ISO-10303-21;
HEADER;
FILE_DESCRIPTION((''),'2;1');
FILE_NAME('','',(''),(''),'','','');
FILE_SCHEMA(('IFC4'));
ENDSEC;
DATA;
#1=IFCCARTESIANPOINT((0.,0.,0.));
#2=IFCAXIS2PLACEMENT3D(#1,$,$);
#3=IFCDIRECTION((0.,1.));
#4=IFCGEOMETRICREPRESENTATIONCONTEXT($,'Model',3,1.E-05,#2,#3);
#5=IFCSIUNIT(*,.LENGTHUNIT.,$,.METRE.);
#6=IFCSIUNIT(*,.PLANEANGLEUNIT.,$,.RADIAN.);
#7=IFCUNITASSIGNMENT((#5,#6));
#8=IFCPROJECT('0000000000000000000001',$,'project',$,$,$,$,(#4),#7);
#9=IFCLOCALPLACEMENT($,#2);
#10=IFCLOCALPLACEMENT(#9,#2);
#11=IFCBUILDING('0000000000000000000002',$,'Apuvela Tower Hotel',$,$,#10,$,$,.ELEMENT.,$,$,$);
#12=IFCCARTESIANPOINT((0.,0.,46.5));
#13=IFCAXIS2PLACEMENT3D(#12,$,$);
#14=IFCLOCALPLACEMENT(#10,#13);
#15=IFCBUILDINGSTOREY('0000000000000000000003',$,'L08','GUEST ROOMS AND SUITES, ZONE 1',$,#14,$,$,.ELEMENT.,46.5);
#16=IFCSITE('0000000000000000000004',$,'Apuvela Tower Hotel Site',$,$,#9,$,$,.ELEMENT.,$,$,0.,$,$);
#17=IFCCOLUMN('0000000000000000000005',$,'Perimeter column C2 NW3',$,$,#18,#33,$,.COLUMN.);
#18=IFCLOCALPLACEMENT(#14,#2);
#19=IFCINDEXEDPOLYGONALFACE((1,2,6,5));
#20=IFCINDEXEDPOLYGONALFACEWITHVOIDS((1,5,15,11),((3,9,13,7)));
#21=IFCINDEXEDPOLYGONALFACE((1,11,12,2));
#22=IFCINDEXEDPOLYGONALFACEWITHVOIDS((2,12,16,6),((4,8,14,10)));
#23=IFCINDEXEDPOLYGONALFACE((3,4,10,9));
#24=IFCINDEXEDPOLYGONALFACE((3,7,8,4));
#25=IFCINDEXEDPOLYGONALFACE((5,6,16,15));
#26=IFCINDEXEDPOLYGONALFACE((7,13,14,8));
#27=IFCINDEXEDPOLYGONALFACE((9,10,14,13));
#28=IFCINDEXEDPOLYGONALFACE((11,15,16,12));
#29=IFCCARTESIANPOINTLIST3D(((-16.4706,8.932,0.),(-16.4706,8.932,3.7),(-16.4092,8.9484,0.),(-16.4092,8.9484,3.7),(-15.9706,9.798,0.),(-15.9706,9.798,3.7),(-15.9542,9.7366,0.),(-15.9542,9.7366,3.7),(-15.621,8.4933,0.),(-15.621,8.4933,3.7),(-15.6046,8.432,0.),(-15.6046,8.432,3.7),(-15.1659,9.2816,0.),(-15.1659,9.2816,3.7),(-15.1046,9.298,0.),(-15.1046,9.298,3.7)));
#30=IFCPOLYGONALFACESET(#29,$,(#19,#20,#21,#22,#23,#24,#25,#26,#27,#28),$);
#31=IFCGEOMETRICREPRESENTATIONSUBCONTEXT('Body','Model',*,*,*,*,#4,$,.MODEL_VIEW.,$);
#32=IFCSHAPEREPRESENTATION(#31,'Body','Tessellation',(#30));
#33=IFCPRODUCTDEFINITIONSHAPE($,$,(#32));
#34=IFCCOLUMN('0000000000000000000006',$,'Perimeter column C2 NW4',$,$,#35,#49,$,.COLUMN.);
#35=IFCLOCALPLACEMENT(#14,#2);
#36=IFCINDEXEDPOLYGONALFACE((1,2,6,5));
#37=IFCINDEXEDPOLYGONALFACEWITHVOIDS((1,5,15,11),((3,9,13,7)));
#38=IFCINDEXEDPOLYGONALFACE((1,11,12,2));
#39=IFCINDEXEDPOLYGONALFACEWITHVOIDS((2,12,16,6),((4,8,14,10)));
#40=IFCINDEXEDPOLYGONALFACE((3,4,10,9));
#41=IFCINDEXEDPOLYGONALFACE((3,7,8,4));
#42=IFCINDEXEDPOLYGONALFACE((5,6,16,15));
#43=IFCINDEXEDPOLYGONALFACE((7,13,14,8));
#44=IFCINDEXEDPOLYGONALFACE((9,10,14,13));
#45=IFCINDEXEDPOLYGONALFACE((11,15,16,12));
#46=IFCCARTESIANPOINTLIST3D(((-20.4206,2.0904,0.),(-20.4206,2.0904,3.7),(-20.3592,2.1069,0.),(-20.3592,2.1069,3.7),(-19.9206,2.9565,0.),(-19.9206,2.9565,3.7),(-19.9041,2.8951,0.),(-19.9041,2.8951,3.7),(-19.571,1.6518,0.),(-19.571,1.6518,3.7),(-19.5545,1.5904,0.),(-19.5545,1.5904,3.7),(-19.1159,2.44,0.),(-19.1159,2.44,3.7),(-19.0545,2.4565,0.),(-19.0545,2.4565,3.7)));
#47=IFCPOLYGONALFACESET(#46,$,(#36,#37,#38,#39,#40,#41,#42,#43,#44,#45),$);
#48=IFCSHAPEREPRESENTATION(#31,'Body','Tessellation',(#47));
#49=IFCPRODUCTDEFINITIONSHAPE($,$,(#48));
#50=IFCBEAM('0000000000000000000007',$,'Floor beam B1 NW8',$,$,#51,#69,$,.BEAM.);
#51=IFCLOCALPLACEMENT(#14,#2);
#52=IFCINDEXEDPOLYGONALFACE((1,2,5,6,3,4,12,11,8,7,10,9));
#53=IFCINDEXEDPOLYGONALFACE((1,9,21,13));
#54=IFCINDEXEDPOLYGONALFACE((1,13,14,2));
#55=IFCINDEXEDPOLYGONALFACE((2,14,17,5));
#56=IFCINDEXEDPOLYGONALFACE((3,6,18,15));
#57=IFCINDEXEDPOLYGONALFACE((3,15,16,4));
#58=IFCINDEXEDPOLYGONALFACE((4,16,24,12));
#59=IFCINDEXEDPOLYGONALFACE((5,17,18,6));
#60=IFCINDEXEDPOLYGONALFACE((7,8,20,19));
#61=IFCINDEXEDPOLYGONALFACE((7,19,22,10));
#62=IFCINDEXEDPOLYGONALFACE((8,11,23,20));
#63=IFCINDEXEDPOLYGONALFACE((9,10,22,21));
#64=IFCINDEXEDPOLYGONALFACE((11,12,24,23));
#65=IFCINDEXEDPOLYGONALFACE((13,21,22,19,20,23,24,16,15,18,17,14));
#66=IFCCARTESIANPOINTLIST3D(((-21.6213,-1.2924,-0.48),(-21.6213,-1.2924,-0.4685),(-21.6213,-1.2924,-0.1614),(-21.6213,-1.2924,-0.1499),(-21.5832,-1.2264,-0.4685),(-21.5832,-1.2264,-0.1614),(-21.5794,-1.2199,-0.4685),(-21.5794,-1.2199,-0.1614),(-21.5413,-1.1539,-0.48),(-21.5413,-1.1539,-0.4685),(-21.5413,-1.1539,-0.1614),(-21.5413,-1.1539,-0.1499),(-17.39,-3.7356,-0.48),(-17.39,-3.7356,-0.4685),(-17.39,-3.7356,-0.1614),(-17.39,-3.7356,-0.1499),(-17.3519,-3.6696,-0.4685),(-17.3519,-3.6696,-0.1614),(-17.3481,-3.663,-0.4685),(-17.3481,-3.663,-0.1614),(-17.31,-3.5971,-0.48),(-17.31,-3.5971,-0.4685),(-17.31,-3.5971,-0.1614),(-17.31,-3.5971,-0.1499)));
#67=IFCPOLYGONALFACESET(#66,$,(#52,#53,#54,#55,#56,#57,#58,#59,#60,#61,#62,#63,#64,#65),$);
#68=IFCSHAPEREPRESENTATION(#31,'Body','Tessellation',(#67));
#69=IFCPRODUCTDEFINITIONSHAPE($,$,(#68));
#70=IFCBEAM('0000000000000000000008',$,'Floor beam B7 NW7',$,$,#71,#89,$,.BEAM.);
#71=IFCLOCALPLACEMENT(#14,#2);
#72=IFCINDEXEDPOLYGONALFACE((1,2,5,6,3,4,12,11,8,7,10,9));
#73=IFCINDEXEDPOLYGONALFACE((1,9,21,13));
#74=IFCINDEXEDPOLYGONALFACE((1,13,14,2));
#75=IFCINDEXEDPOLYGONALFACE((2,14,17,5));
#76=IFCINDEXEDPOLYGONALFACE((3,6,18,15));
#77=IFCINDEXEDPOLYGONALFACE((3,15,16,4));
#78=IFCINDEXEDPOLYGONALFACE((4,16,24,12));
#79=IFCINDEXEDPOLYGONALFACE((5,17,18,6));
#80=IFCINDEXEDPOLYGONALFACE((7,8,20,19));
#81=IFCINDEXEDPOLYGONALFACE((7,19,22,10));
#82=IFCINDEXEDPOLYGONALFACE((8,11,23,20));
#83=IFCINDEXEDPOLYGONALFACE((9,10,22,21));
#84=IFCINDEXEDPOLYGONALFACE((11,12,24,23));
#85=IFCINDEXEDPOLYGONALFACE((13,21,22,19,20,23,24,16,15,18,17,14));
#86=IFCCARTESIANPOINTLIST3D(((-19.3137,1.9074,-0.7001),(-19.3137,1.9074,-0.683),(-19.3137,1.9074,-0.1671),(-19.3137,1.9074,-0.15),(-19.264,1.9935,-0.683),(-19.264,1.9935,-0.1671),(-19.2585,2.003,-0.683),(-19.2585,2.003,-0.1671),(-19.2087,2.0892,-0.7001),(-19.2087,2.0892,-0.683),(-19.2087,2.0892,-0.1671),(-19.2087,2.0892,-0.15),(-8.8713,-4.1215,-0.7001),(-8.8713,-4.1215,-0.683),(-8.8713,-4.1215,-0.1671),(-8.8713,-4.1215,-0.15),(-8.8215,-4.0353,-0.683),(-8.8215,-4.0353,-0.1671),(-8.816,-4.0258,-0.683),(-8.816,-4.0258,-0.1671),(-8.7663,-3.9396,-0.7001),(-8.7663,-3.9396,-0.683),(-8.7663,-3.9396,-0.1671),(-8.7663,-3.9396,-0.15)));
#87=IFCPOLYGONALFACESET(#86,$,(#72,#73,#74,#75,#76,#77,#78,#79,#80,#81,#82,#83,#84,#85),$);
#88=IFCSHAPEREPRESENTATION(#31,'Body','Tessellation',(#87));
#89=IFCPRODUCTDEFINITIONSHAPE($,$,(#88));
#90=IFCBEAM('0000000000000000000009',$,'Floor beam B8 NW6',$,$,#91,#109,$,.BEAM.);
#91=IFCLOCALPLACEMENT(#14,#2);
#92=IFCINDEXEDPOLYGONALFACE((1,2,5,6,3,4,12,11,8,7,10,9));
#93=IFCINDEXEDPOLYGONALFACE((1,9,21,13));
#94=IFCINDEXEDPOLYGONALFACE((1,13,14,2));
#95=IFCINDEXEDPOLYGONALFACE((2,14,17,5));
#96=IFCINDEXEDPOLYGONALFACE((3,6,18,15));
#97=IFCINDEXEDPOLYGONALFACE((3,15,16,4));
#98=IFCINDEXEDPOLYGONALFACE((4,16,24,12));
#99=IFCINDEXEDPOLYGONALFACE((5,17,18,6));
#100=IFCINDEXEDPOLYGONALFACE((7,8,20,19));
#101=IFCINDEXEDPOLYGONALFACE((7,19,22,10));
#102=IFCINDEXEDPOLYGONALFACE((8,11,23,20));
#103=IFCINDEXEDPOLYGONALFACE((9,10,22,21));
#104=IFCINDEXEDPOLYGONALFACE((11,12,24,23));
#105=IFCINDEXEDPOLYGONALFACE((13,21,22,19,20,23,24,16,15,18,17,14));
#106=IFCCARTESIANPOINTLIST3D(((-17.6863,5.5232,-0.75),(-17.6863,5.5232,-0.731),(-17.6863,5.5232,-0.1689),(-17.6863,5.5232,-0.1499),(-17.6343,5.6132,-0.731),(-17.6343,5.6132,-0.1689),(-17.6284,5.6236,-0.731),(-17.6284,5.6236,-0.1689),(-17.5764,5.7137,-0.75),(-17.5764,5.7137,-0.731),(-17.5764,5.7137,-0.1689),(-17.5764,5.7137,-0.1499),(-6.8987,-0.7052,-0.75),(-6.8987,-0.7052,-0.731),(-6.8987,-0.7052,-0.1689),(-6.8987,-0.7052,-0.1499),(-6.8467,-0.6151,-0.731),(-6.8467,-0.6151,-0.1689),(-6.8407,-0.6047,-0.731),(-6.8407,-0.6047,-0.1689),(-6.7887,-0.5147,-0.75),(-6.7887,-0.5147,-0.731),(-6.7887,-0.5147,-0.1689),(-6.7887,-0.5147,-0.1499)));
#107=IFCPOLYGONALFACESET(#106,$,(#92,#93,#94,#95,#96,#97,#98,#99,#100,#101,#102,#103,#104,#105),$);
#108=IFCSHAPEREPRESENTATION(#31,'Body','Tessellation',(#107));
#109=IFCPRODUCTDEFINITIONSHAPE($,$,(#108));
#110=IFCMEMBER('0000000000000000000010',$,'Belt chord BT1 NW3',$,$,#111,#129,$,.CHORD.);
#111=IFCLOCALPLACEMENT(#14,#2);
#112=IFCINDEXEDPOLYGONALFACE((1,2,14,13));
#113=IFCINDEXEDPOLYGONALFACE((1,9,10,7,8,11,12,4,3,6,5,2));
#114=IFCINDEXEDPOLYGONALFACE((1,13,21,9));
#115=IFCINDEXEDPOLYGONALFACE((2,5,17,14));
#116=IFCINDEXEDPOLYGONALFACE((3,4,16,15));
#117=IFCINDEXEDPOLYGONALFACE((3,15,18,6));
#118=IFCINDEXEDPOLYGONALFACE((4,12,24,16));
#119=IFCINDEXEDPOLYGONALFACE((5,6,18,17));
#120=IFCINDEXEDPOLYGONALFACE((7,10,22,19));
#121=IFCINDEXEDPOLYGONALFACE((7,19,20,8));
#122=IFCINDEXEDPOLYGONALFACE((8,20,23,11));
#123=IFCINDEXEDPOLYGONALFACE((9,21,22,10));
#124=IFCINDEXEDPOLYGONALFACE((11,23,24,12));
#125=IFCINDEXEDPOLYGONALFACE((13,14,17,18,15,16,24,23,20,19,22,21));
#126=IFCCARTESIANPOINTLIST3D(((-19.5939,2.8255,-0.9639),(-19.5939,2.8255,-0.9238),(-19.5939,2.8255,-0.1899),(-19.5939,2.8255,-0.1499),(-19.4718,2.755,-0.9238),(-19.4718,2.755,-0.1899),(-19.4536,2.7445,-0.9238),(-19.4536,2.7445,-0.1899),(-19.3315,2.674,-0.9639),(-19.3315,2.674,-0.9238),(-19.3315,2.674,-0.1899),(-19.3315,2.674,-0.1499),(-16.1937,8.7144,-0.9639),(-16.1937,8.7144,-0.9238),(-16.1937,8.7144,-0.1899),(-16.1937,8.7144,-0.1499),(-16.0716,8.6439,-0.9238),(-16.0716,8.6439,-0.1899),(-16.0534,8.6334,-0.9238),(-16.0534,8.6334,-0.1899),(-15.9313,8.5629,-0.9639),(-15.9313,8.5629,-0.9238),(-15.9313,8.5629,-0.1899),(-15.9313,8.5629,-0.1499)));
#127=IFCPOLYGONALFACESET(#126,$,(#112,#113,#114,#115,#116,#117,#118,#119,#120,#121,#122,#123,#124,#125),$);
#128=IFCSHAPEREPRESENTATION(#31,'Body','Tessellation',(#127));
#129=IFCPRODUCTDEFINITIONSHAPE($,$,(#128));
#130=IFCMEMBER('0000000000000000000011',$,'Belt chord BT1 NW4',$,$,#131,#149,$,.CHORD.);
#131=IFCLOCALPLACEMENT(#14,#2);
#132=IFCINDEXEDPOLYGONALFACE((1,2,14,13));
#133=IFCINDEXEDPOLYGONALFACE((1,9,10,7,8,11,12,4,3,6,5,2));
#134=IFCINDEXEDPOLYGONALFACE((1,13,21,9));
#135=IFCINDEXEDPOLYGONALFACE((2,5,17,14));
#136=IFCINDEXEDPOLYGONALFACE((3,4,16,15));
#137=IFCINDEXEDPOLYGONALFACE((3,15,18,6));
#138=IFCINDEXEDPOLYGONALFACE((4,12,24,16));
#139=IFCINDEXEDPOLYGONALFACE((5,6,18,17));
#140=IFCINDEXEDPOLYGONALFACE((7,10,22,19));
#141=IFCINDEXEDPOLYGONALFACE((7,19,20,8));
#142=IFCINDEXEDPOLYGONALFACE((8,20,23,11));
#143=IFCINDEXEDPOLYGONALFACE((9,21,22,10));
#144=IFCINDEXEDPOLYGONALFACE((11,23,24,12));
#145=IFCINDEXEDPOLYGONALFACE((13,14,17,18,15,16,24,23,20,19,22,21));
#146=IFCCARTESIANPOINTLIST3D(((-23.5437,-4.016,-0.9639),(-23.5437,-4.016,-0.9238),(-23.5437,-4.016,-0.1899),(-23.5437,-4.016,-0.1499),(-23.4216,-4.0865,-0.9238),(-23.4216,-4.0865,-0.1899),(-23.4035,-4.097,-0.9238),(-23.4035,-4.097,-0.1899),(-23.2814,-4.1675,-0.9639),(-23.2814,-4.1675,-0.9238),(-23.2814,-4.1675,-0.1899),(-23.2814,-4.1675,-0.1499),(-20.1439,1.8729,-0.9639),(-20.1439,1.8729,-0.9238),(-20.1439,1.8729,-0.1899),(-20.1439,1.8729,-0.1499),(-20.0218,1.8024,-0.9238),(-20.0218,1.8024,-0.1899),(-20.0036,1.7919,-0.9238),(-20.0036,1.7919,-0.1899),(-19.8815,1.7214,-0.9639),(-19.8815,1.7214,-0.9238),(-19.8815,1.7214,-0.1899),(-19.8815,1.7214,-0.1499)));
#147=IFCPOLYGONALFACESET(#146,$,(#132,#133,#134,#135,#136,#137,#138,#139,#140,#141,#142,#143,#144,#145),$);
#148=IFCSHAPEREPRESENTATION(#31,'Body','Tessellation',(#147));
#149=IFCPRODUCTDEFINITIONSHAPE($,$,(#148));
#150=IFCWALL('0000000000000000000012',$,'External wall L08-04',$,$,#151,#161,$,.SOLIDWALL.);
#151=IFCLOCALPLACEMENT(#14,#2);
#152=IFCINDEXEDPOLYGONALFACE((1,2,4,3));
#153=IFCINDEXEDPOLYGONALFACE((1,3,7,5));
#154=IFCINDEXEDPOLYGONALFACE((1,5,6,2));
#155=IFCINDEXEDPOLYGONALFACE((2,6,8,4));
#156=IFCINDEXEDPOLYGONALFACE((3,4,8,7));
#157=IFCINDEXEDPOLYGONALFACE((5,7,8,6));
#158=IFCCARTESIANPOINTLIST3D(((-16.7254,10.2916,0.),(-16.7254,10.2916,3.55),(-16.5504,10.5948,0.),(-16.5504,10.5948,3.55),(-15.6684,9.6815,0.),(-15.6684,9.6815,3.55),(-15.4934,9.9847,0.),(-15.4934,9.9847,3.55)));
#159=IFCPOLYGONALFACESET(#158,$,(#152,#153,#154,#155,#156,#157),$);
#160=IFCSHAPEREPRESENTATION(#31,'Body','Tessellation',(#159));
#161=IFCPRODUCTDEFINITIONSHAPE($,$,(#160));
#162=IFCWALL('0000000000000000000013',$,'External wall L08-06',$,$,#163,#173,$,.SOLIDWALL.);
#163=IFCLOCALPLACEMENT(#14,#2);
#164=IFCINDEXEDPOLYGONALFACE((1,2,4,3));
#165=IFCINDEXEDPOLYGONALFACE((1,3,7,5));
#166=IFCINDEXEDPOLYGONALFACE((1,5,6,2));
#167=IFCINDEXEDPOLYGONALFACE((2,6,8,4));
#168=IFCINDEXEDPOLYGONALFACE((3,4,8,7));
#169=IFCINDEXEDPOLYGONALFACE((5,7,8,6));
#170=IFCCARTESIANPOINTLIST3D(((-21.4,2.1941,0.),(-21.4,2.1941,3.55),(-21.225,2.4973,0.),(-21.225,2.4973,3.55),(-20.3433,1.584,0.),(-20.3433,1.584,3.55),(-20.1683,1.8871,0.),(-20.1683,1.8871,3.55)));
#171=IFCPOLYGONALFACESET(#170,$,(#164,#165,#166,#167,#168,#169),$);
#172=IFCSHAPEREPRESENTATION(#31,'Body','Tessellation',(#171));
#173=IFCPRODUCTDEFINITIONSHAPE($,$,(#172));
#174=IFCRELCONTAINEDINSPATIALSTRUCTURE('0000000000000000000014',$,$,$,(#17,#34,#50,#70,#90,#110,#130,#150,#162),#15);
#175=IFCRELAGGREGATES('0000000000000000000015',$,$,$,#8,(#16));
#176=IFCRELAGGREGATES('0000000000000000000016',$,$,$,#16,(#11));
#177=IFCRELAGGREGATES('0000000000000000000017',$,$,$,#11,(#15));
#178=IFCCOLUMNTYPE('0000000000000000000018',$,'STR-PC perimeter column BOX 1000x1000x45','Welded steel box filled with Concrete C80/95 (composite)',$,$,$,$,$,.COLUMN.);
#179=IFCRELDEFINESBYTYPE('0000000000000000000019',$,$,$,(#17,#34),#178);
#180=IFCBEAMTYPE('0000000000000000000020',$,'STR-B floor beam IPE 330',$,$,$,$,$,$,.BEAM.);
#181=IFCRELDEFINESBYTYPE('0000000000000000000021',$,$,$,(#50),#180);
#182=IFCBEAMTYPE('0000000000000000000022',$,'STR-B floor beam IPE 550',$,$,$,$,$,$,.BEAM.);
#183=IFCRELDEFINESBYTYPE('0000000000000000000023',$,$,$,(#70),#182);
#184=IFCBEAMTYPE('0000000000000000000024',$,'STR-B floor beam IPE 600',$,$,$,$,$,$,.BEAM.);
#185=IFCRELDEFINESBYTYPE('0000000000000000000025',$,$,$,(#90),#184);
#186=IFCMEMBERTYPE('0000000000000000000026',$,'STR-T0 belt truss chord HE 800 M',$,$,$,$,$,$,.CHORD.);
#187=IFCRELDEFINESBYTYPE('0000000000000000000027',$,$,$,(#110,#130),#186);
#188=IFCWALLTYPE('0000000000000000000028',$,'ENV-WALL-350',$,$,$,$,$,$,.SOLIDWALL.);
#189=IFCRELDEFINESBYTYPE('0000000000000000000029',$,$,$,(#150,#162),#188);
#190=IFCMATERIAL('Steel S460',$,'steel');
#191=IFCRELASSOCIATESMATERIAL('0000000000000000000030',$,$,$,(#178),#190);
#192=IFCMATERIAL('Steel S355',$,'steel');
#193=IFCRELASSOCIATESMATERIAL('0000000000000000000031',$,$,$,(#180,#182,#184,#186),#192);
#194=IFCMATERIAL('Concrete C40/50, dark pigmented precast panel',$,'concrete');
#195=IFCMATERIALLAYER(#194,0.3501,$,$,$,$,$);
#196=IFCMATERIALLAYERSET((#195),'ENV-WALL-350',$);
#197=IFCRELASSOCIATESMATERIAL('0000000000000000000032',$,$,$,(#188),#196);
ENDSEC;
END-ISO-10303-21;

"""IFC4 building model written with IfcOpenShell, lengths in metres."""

from ifc_helpers import new_model, si_unit, direction, frame, frame_2d, origin, origin_2d, place, context, subcontext, project, spatial, rectangle, hollow_rectangle, i_section, extrude, material, layer, layer_set, material_profile, profile_set, type_object, element, save


model = new_model("IFC4")

# Units and contexts
model_context = context("Model", 3, precision=1e-05, world=origin(), true_north=direction((0.0, 1.0)))
body_context = subcontext(model_context, "Body", "Model", "MODEL_VIEW")
ifc_project = project(units=[si_unit("LENGTHUNIT", "METRE"), si_unit("PLANEANGLEUNIT", "RADIAN")], contexts=[model_context])

# Site, building, storey
site_placement = place(None, origin())
site = spatial("IfcSite", under=ifc_project, at=site_placement, Name="Apuvela Tower Hotel Site", CompositionType="ELEMENT", RefElevation=0.0)
building_placement = place(site_placement, origin())
building = spatial("IfcBuilding", under=site, at=building_placement, Name="Apuvela Tower Hotel", CompositionType="ELEMENT")
storey_placement = place(building_placement, frame((0.0, 0.0, 46.5)))
storey = spatial("IfcBuildingStorey", under=building, at=storey_placement, Name="L08", Description="GUEST ROOMS AND SUITES, ZONE 1", CompositionType="ELEMENT", Elevation=46.5)

# Columns
ifc_material_1 = material(Name="Steel S460", Category="steel")
ifc_material_profile_1 = material_profile(ifc_material_1, hollow_rectangle(XDim=1.0, YDim=1.0, WallThickness=0.0449, at=origin_2d()), Name="BOX 1000x1000x45")
ifc_material_2 = material(Name="Concrete C80/95", Category="concrete")
ifc_material_profile_2 = material_profile(ifc_material_2, rectangle(XDim=0.9099, YDim=0.9099, at=origin_2d()), Name="Concrete C80/95 infill")
ifc_profile_set_1 = profile_set([ifc_material_profile_1, ifc_material_profile_2], Name="Steel S460")
column_type = type_object("IfcColumnType", Name="STR-PC perimeter column BOX 1000x1000x45", Description="Welded steel box filled with Concrete C80/95 (composite)", PredefinedType="COLUMN", material=ifc_profile_set_1)
for number, where, z_axis, x_axis, name in (
    (1, (-15.7876, 9.115, 0.0), (0.0, 0.0, 1.0), (0.5, 0.866025, 0.0), "Perimeter column C2 NW3"),
    (2, (-19.7375, 2.2734, 0.0), (0.0, 0.0, 1.0), (0.5, 0.866025, 0.0), "Perimeter column C2 NW4"),
):
    element("IfcColumn", number, at=place(storey_placement, frame(where, z_axis=z_axis, x_axis=x_axis)), inside=storey, type_object=column_type, Name=name, PredefinedType="COLUMN", context=body_context, shape_type="SweptSolid", body=[
        extrude(hollow_rectangle(XDim=1.0, YDim=1.0, WallThickness=0.0449, at=origin_2d()), origin(), (0.0, 0.0, 1.0), 3.7),
    ])

# Beams
ifc_material_3 = material(Name="Steel S355", Category="steel")
ifc_material_profile_3 = material_profile(ifc_material_3, i_section(OverallWidth=0.1599, OverallDepth=0.3301, WebThickness=0.0076, FlangeThickness=0.0115, at=origin_2d()), Name="IPE 330")
ifc_profile_set_2 = profile_set([ifc_material_profile_3], Name="Steel S355")
beam_type_1 = type_object("IfcBeamType", Name="STR-B floor beam IPE 330", PredefinedType="BEAM", material=ifc_profile_set_2)
beam_1_placement = place(storey_placement, frame((-21.5813, -1.2231, -0.3149), z_axis=(0.866005, -0.500035, 0.0), x_axis=(0.500035, 0.866005, 0.0)))
element("IfcBeam", 3, at=beam_1_placement, inside=storey, type_object=beam_type_1, Name="Floor beam B1 NW8", PredefinedType="BEAM", context=body_context, shape_type="SweptSolid", body=[
    extrude(i_section(OverallWidth=0.1599, OverallDepth=0.3301, WebThickness=0.0076, FlangeThickness=0.0115, at=origin_2d()), origin(), (0.0, 0.0, 1.0), 4.886),
])
ifc_material_profile_4 = material_profile(ifc_material_3, i_section(OverallWidth=0.21, OverallDepth=0.55, WebThickness=0.011, FlangeThickness=0.0171, at=origin_2d()), Name="IPE 550")
ifc_profile_set_3 = profile_set([ifc_material_profile_4], Name="Steel S355")
beam_type_2 = type_object("IfcBeamType", Name="STR-B floor beam IPE 550", PredefinedType="BEAM", material=ifc_profile_set_3)
beam_2_placement = place(storey_placement, frame((-19.2612, 1.9983, -0.425), z_axis=(0.866029, -0.499994, 0.0), x_axis=(0.499994, 0.866029, 0.0)))
element("IfcBeam", 4, at=beam_2_placement, inside=storey, type_object=beam_type_2, Name="Floor beam B7 NW7", PredefinedType="BEAM", context=body_context, shape_type="SweptSolid", body=[
    extrude(i_section(OverallWidth=0.21, OverallDepth=0.55, WebThickness=0.011, FlangeThickness=0.0171, at=origin_2d()), origin(), (0.0, 0.0, 1.0), 12.0579),
])
ifc_material_profile_5 = material_profile(ifc_material_3, i_section(OverallWidth=0.22, OverallDepth=0.6001, WebThickness=0.012, FlangeThickness=0.019, at=origin_2d()), Name="IPE 600")
ifc_profile_set_4 = profile_set([ifc_material_profile_5], Name="Steel S355")
beam_type_3 = type_object("IfcBeamType", Name="STR-B floor beam IPE 600", PredefinedType="BEAM", material=ifc_profile_set_4)
beam_3_placement = place(storey_placement, frame((-17.6313, 5.6184, -0.45), z_axis=(0.866024, -0.500003, 0.0), x_axis=(0.500003, 0.866024, 0.0)))
element("IfcBeam", 5, at=beam_3_placement, inside=storey, type_object=beam_type_3, Name="Floor beam B8 NW6", PredefinedType="BEAM", context=body_context, shape_type="SweptSolid", body=[
    extrude(i_section(OverallWidth=0.22, OverallDepth=0.6001, WebThickness=0.012, FlangeThickness=0.019, at=origin_2d()), origin(), (0.0, 0.0, 1.0), 12.4565),
])

# Members
ifc_material_profile_6 = material_profile(ifc_material_3, i_section(OverallWidth=0.303, OverallDepth=0.814, WebThickness=0.021, FlangeThickness=0.04, at=origin_2d()), Name="HE 800 M")
ifc_profile_set_5 = profile_set([ifc_material_profile_6], Name="Steel S355")
member_type = type_object("IfcMemberType", Name="STR-T0 belt truss chord HE 800 M", PredefinedType="CHORD", material=ifc_profile_set_5)
member_1_placement = place(storey_placement, frame((-16.0625, 8.6387, -0.5569), z_axis=(-0.50002, -0.866014, 0.0), x_axis=(0.866014, -0.50002, 0.0)))
element("IfcMember", 6, at=member_1_placement, inside=storey, type_object=member_type, Name="Belt chord BT1 NW3", PredefinedType="CHORD", context=body_context, shape_type="SweptSolid", body=[
    extrude(i_section(OverallWidth=0.303, OverallDepth=0.814, WebThickness=0.021, FlangeThickness=0.04, at=origin_2d()), origin(), (0.0, 0.0, 1.0), 6.8),
])
member_2_placement = place(storey_placement, frame((-20.0127, 1.7971, -0.5569), z_axis=(-0.499993, -0.86603, 0.0), x_axis=(0.86603, -0.499993, 0.0)))
element("IfcMember", 7, at=member_2_placement, inside=storey, type_object=member_type, Name="Belt chord BT1 NW4", PredefinedType="CHORD", context=body_context, shape_type="SweptSolid", body=[
    extrude(i_section(OverallWidth=0.303, OverallDepth=0.814, WebThickness=0.021, FlangeThickness=0.04, at=origin_2d()), origin(), (0.0, 0.0, 1.0), 6.7998),
])

# Wall
ifc_material_4 = material(Name="Concrete C40/50, dark pigmented precast panel", Category="concrete")
ifc_layer_1 = layer(ifc_material_4, 0.3501)
ifc_layer_set_1 = layer_set([ifc_layer_1], Name="ENV-WALL-350")
wall_type_1 = type_object("IfcWallType", Name="ENV-WALL-350", PredefinedType="SOLIDWALL", material=ifc_layer_set_1)
wall_1_placement = place(storey_placement, frame((-15.5808, 9.833, 0.0), z_axis=(0.0, 0.0, 1.0), x_axis=(-0.866056, 0.499948, 0.0)))
element("IfcWall", 8, at=wall_1_placement, inside=storey, type_object=wall_type_1, Name="External wall L08-04", PredefinedType="SOLIDWALL", context=body_context, shape_type="SweptSolid", body=[
    extrude(rectangle(XDim=1.2205, YDim=0.3501, at=frame_2d((0.6104, 0.0))), origin(), (0.0, 0.0, 1.0), 3.55),
])

# Wall
wall_2_placement = place(storey_placement, frame((-21.3125, 2.3457, 0.0), z_axis=(0.0, 0.0, 1.0), x_axis=(0.866006, -0.500034, 0.0)))
element("IfcWall", 9, at=wall_2_placement, inside=storey, type_object=wall_type_1, Name="External wall L08-06", PredefinedType="SOLIDWALL", context=body_context, shape_type="SweptSolid", body=[
    extrude(rectangle(XDim=1.2202, YDim=0.3501, at=frame_2d((0.6101, 0.0))), origin(), (0.0, 0.0, 1.0), 3.55),
])

save(model, "model.ifc")
